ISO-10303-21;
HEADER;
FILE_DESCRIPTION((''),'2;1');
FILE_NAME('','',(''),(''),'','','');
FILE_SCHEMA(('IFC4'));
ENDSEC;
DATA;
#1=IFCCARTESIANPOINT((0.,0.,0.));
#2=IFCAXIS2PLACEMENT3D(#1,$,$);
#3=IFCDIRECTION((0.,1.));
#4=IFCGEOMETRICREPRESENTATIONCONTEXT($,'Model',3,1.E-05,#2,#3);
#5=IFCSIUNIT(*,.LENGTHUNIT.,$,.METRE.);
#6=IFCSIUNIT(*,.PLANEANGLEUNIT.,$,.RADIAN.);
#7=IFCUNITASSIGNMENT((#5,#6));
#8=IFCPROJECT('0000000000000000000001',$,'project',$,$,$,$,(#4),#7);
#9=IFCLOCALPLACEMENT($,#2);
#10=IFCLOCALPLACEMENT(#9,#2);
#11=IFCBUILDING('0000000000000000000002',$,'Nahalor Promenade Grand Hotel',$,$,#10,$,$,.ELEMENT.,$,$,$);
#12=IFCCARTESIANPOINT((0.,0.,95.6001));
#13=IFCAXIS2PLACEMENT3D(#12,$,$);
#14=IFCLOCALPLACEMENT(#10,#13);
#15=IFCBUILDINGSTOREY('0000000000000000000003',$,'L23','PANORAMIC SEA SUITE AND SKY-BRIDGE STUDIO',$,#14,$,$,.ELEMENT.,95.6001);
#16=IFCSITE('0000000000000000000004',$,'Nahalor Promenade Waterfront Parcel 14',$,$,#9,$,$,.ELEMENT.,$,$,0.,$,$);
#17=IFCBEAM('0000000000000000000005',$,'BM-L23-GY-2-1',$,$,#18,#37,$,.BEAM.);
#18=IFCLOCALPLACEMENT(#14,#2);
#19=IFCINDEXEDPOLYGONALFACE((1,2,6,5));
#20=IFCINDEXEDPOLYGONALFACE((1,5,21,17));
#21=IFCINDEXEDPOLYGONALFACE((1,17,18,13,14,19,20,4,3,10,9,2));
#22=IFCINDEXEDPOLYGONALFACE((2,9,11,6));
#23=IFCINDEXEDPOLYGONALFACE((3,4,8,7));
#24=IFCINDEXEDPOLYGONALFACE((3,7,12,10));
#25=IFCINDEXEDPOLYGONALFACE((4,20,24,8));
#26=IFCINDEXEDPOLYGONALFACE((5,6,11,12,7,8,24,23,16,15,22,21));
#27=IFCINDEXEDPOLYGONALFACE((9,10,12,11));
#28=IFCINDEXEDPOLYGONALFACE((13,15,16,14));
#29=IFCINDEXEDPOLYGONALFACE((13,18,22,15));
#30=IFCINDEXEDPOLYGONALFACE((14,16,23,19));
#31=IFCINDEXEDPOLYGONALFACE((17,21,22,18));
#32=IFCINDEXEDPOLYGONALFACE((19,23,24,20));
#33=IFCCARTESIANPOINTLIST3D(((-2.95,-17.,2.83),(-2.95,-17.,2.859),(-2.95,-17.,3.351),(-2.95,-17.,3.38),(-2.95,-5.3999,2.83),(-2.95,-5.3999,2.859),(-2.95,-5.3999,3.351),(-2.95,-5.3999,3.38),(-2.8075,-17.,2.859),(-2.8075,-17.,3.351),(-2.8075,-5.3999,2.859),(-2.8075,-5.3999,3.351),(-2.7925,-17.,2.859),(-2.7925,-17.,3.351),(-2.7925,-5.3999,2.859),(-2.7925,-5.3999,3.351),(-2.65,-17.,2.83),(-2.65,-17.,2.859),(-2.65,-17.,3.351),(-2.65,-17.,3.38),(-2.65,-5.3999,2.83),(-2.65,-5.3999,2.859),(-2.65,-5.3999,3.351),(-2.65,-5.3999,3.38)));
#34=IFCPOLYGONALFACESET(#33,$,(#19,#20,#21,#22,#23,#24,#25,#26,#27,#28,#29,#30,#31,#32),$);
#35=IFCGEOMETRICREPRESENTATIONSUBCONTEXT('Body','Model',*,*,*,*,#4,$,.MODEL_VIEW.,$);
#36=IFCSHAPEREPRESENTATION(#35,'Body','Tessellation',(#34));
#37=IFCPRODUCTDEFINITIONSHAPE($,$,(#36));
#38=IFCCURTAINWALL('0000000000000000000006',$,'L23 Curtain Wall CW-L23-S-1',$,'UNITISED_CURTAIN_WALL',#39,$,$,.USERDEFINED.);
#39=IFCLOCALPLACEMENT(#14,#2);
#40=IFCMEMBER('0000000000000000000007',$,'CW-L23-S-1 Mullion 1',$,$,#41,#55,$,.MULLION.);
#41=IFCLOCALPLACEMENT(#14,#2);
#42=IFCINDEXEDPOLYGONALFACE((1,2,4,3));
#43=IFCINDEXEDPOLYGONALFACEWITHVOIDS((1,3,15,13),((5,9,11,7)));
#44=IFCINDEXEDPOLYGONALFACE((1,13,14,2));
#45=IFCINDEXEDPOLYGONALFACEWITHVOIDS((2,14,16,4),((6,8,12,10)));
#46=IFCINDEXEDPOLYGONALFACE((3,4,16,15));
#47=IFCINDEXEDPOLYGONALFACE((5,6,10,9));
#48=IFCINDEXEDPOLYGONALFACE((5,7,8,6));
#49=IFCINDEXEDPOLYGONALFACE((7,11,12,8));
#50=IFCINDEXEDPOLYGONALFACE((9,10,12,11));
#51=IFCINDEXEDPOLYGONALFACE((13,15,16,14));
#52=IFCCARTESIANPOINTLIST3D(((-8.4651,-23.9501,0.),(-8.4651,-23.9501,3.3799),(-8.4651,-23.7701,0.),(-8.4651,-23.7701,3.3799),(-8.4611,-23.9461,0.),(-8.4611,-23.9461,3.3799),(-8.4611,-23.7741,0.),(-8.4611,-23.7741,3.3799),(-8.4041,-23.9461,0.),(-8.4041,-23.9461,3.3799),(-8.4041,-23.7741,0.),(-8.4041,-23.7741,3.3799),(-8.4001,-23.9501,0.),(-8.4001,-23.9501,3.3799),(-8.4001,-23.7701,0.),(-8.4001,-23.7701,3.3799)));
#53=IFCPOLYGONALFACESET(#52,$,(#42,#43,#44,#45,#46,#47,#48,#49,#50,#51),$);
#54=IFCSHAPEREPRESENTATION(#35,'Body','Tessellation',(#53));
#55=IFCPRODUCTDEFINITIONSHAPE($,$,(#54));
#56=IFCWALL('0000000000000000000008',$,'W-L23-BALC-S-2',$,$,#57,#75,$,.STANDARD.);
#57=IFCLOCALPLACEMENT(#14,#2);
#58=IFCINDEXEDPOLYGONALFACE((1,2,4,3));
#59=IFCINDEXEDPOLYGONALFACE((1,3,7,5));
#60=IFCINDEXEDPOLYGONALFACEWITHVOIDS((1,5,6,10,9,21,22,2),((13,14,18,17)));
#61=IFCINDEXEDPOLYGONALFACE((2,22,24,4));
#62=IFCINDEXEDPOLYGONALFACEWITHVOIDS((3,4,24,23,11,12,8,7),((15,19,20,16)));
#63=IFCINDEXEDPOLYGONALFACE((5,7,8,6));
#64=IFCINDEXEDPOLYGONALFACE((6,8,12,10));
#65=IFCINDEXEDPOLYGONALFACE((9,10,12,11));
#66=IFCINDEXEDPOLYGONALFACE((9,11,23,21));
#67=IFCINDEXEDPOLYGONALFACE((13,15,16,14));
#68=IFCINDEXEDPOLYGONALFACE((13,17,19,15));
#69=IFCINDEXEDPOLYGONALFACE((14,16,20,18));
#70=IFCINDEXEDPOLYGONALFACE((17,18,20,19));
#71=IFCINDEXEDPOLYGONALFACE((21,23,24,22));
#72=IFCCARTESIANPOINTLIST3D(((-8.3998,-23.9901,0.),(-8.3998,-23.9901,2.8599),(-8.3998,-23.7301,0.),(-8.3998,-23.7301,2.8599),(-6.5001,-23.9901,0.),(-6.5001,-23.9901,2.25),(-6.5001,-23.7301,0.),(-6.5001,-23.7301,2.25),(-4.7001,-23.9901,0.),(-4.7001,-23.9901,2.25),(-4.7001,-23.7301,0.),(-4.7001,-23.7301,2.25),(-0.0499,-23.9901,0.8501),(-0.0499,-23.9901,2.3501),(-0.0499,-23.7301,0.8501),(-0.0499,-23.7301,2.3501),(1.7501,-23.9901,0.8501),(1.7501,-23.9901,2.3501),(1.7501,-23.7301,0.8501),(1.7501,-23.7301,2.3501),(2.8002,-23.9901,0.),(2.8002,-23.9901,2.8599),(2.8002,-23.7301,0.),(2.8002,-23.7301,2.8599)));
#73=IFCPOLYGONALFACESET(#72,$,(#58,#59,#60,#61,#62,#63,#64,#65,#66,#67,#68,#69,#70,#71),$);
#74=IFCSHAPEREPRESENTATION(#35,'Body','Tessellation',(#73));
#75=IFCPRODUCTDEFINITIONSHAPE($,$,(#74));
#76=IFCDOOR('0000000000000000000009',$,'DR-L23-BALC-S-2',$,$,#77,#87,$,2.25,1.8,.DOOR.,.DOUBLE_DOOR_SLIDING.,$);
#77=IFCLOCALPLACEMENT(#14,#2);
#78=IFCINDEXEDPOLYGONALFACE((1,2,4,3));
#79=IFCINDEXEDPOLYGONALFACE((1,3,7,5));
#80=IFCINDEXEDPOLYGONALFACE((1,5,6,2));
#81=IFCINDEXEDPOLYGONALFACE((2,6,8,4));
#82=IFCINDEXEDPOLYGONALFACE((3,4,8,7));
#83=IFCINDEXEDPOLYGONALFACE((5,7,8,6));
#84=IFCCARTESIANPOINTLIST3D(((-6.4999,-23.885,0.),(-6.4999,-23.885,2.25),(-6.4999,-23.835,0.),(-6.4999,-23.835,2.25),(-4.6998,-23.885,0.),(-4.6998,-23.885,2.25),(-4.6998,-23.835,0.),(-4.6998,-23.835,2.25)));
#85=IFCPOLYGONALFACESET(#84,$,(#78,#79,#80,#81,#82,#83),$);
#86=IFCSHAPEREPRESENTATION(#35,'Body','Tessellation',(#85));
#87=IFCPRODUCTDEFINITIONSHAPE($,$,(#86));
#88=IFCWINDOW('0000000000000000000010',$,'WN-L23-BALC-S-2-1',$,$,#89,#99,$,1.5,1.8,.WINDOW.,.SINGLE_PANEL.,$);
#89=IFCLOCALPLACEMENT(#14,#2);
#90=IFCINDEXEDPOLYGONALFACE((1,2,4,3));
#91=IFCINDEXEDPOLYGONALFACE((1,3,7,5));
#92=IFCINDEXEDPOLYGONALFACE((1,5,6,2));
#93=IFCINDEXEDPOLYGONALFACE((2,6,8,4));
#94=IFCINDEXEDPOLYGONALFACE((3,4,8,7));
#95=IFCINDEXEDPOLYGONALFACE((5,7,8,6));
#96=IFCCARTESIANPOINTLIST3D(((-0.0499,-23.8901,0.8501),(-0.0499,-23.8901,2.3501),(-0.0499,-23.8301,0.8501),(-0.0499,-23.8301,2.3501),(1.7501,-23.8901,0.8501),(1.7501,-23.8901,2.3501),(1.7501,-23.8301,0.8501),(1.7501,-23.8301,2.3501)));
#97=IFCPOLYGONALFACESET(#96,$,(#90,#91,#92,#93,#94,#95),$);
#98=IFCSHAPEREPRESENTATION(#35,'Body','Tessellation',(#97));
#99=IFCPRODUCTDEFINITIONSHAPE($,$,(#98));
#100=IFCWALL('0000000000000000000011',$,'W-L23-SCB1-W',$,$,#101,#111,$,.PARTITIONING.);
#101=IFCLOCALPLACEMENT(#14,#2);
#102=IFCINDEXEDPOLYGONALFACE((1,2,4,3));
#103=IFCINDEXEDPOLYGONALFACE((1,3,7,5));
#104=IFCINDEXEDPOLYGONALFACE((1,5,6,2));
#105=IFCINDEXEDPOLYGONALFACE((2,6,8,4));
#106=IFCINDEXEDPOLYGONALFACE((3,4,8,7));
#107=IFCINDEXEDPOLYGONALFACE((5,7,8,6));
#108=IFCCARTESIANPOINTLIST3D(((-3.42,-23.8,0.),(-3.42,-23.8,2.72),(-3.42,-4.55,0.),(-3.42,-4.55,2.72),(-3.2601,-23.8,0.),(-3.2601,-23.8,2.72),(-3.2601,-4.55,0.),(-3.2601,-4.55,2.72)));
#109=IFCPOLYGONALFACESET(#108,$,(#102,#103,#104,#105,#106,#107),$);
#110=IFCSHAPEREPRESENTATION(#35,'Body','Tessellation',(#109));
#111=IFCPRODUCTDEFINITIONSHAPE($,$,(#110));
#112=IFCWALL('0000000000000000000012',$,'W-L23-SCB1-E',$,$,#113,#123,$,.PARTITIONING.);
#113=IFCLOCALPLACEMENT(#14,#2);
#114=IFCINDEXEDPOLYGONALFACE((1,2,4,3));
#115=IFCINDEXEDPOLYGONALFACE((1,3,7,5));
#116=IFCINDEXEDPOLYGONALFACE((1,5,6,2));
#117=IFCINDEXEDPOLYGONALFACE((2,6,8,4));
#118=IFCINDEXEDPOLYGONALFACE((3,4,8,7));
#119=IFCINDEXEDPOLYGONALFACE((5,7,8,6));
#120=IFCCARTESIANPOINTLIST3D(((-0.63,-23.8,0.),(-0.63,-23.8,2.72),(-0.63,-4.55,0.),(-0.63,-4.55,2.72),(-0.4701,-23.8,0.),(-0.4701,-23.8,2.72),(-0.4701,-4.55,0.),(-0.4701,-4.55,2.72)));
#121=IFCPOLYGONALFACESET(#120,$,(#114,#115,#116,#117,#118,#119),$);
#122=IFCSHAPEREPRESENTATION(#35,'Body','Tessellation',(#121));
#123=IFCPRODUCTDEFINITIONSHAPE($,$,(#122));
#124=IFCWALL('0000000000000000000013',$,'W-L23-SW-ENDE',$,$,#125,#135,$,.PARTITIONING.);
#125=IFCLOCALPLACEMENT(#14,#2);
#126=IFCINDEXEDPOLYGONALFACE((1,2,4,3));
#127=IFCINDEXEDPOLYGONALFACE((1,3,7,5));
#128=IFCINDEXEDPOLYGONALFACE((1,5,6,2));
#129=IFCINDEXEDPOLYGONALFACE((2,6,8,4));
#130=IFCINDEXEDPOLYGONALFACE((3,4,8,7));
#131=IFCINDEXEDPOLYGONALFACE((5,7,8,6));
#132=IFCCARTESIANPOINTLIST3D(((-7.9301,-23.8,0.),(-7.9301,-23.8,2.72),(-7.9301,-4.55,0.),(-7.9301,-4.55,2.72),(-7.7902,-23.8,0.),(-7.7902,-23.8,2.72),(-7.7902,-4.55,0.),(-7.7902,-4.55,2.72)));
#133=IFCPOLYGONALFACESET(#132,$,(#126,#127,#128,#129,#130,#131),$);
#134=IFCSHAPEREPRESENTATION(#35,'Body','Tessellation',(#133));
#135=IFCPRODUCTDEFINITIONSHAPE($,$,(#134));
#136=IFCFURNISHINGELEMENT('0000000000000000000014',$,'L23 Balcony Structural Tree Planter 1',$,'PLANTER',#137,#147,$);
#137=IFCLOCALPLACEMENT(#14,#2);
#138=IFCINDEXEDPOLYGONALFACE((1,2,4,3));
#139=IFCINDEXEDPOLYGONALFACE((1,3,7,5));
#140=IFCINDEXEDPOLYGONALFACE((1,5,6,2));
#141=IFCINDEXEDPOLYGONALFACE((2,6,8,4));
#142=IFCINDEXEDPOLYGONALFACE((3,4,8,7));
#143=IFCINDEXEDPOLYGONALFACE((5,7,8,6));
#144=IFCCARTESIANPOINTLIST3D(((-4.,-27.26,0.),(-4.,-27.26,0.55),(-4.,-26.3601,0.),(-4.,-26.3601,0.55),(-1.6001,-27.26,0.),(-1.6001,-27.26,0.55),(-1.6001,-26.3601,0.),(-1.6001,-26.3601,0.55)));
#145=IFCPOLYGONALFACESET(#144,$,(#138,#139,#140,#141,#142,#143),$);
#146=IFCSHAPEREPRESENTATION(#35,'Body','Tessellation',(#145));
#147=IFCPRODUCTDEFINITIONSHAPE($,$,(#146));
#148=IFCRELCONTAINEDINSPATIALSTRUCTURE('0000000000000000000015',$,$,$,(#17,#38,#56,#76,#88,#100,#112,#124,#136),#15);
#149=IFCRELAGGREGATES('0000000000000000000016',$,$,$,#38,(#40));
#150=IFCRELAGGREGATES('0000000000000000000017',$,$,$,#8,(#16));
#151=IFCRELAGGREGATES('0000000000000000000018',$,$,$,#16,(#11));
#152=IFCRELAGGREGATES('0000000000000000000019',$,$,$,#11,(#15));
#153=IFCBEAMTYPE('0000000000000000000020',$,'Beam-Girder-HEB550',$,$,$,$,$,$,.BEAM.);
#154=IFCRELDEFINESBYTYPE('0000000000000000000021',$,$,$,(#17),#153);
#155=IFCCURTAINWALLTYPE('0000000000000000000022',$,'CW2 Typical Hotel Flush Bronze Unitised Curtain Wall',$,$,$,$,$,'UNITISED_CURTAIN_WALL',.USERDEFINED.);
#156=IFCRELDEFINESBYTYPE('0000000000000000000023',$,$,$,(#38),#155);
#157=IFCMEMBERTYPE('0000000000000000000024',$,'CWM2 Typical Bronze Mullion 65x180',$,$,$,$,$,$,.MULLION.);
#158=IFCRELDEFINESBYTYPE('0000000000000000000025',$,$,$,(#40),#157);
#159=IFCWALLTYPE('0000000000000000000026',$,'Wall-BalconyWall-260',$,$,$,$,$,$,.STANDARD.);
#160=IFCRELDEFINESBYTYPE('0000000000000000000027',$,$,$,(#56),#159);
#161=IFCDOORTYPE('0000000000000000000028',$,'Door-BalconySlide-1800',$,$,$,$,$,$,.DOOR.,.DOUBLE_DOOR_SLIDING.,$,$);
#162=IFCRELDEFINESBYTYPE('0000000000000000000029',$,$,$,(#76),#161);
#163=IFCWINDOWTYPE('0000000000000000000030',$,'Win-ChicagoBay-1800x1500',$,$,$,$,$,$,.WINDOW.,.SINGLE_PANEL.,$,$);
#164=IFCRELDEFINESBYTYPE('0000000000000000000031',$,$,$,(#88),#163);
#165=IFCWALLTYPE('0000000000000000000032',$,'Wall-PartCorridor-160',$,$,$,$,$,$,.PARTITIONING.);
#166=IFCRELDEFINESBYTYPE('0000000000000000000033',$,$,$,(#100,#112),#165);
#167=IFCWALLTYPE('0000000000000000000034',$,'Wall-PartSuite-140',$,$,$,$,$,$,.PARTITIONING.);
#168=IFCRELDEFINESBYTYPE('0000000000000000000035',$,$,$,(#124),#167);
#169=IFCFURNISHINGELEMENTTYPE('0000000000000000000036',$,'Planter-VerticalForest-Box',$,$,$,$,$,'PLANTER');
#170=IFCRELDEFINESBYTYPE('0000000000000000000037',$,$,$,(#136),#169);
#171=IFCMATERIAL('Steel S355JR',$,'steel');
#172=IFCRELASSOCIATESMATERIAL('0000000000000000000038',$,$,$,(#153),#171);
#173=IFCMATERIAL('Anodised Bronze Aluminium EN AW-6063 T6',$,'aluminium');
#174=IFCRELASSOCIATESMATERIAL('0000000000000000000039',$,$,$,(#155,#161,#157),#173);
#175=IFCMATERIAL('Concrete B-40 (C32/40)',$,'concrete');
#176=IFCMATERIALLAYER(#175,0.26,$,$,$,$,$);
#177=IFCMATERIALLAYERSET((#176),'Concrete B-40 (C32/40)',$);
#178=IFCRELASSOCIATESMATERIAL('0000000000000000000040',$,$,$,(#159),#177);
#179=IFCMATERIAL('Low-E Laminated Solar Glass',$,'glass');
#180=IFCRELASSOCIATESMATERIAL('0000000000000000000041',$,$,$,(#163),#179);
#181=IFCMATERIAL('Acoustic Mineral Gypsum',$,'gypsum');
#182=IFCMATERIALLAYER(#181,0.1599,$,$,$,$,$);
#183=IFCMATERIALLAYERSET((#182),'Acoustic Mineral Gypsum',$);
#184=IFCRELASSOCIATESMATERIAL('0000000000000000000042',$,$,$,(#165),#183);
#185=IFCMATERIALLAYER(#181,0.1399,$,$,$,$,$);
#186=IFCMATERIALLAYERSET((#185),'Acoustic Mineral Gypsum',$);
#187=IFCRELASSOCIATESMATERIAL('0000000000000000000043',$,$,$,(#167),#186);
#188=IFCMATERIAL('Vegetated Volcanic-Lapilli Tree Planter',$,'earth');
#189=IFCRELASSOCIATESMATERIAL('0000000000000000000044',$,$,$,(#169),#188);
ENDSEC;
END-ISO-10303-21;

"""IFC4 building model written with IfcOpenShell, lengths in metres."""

from ifc_helpers import new_model, si_unit, direction, frame, frame_2d, origin, origin_2d, place, context, subcontext, project, spatial, rectangle, hollow_rectangle, i_section, extrude, source, transform, mapped, material, layer, layer_set, material_profile, profile_set, type_object, element, fill, aggregate, save


model = new_model("IFC4")

# Units and contexts
model_context = context("Model", 3, precision=1e-05, world=origin(), true_north=direction((0.0, 1.0)))
body_context = subcontext(model_context, "Body", "Model", "MODEL_VIEW")
ifc_project = project(units=[si_unit("LENGTHUNIT", "METRE"), si_unit("PLANEANGLEUNIT", "RADIAN")], contexts=[model_context])

# Site, building, storey
site_placement = place(None, origin())
site = spatial("IfcSite", under=ifc_project, at=site_placement, Name="Nahalor Promenade Waterfront Parcel 14", CompositionType="ELEMENT", RefElevation=0.0)
building_placement = place(site_placement, origin())
building = spatial("IfcBuilding", under=site, at=building_placement, Name="Nahalor Promenade Grand Hotel", CompositionType="ELEMENT")
storey_placement = place(building_placement, frame((0.0, 0.0, 95.6001)))
storey = spatial("IfcBuildingStorey", under=building, at=storey_placement, Name="L23", Description="PANORAMIC SEA SUITE AND SKY-BRIDGE STUDIO", CompositionType="ELEMENT", Elevation=95.6001)

# Beam
ifc_material_1 = material(Name="Steel S355JR", Category="steel")
ifc_material_profile_1 = material_profile(ifc_material_1, i_section(OverallWidth=0.3, OverallDepth=0.55, WebThickness=0.015, FlangeThickness=0.029, at=origin_2d()), Name="HEB 550")
ifc_profile_set_1 = profile_set([ifc_material_profile_1], Name="Steel S355JR")
beam_type_1 = type_object("IfcBeamType", Name="Beam-Girder-HEB550", PredefinedType="BEAM", material=ifc_profile_set_1)
shared_shape_1 = source(origin(), body_context, "Body", "SweptSolid", [
    extrude(i_section(OverallWidth=0.3, OverallDepth=0.55, WebThickness=0.015, FlangeThickness=0.029, at=origin_2d()), origin(), (0.0, 0.0, 1.0), 11.6001),
])
for number, where, z_axis, x_axis, name in (
    (1, (-2.8, -17.0, 3.105), (0.0, 1.0, 0.0), (-1.0, 0.0, 0.0), "BM-L23-GY-2-1"),
):
    element("IfcBeam", number, at=place(storey_placement, frame(where, z_axis=z_axis, x_axis=x_axis)), inside=storey, type_object=beam_type_1, Name=name, PredefinedType="BEAM", context=body_context, shape_type="MappedRepresentation", body=[
        mapped(shared_shape_1, transform((0.0, 0.0, 0.0), scale=1.0)),
    ])

# Curtain wall, member
ifc_material_2 = material(Name="Anodised Bronze Aluminium EN AW-6063 T6", Category="aluminium")
curtain_wall_type = type_object("IfcCurtainWallType", Name="CW2 Typical Hotel Flush Bronze Unitised Curtain Wall", ElementType="UNITISED_CURTAIN_WALL", PredefinedType="USERDEFINED", material=ifc_material_2)
curtain_wall_placement = place(storey_placement, origin())
curtain_wall = element("IfcCurtainWall", 2, at=curtain_wall_placement, inside=storey, type_object=curtain_wall_type, Name="L23 Curtain Wall CW-L23-S-1", ObjectType="UNITISED_CURTAIN_WALL", PredefinedType="USERDEFINED")
ifc_material_profile_2 = material_profile(ifc_material_2, hollow_rectangle(XDim=0.065, YDim=0.18, WallThickness=0.004, at=origin_2d()), Name="CWM 65x180x4")
ifc_profile_set_2 = profile_set([ifc_material_profile_2], Name="Anodised Bronze Aluminium EN AW-6063 T6")
member_type = type_object("IfcMemberType", Name="CWM2 Typical Bronze Mullion 65x180", PredefinedType="MULLION", material=ifc_profile_set_2)
shared_shape_2 = source(origin(), body_context, "Body", "SweptSolid", [
    extrude(hollow_rectangle(XDim=0.065, YDim=0.18, WallThickness=0.004, at=origin_2d()), origin(), (0.0, 0.0, 1.0), 3.3799),
])
member_placement = place(storey_placement, frame((-8.4326, -23.8601, 0.0), z_axis=(0.0, 0.0, 1.0), x_axis=(1.0, 0.0, 0.0)))
member = element("IfcMember", 3, at=member_placement, type_object=member_type, Name="CW-L23-S-1 Mullion 1", PredefinedType="MULLION", context=body_context, shape_type="MappedRepresentation", body=[
    mapped(shared_shape_2, transform((0.0, 0.0, 0.0), scale=1.0)),
])
aggregate(curtain_wall, [member])

# Wall, openings, door, window
ifc_material_3 = material(Name="Concrete B-40 (C32/40)", Category="concrete")
ifc_layer_1 = layer(ifc_material_3, 0.26)
ifc_layer_set_1 = layer_set([ifc_layer_1], Name="Concrete B-40 (C32/40)")
wall_type_1 = type_object("IfcWallType", Name="Wall-BalconyWall-260", PredefinedType="STANDARD", material=ifc_layer_set_1)
shared_shape_3 = source(origin(), body_context, "Body", "SweptSolid", [
    extrude(rectangle(XDim=11.2, YDim=0.26, at=frame_2d((5.6001, 0.0))), origin(), (0.0, 0.0, 1.0), 2.8599),
])
wall_1_placement = place(storey_placement, frame((-8.3999, -23.8601, 0.0), z_axis=(0.0, 0.0, 1.0), x_axis=(1.0, 0.0, 0.0)))
wall_1 = element("IfcWall", 4, at=wall_1_placement, inside=storey, type_object=wall_type_1, Name="W-L23-BALC-S-2", PredefinedType="STANDARD", context=body_context, shape_type="MappedRepresentation", body=[
    mapped(shared_shape_3, transform((0.0, 0.0, 0.0), scale=1.0)),
])
opening_1_placement = place(wall_1_placement, frame((1.8999, 0.0, 0.0)))
opening_1 = element("IfcOpeningElement", 5, at=opening_1_placement, cuts=wall_1, PredefinedType="OPENING", context=body_context, shape_type="SweptSolid", body=[
    extrude(rectangle(XDim=1.8, YDim=2.25, at=frame_2d((0.8999, 1.125))), frame((0.0, 0.1399, 0.0), z_axis=(0.0, -1.0, 0.0), x_axis=(1.0, 0.0, 0.0)), (0.0, 0.0, 1.0), 0.28),
])
opening_2_placement = place(wall_1_placement, frame((8.3501, 0.0, 0.8501)))
opening_2 = element("IfcOpeningElement", 6, at=opening_2_placement, cuts=wall_1, PredefinedType="OPENING", context=body_context, shape_type="SweptSolid", body=[
    extrude(rectangle(XDim=1.8, YDim=1.5, at=frame_2d((0.8999, 0.75))), frame((0.0, 0.1399, 0.0), z_axis=(0.0, -1.0, 0.0), x_axis=(1.0, 0.0, 0.0)), (0.0, 0.0, 1.0), 0.28),
])
door_type = type_object("IfcDoorType", Name="Door-BalconySlide-1800", OperationType="DOUBLE_DOOR_SLIDING", PredefinedType="DOOR", material=ifc_material_2)
shared_shape_4 = source(origin(), body_context, "Body", "SweptSolid", [
    extrude(rectangle(XDim=1.8, YDim=2.25, at=frame_2d((0.8999, 1.125))), frame((0.0, 0.0249, 0.0), z_axis=(0.0, -1.0, 0.0), x_axis=(1.0, 0.0, 0.0)), (0.0, 0.0, 1.0), 0.05),
])
door_placement = place(opening_1_placement, frame((1.8, 0.0, 0.0), z_axis=(0.0, 0.0, 1.0), x_axis=(-1.0, 0.0, 0.0)))
door = element("IfcDoor", 7, at=door_placement, inside=storey, type_object=door_type, Name="DR-L23-BALC-S-2", OperationType="DOUBLE_DOOR_SLIDING", OverallHeight=2.25, OverallWidth=1.8, PredefinedType="DOOR", context=body_context, shape_type="MappedRepresentation", body=[
    mapped(shared_shape_4, transform((0.0, 0.0, 0.0), scale=1.0)),
])
fill(opening_1, door)
ifc_material_4 = material(Name="Low-E Laminated Solar Glass", Category="glass")
window_type = type_object("IfcWindowType", Name="Win-ChicagoBay-1800x1500", PartitioningType="SINGLE_PANEL", PredefinedType="WINDOW", material=ifc_material_4)
shared_shape_5 = source(origin(), body_context, "Body", "SweptSolid", [
    extrude(rectangle(XDim=1.8, YDim=1.5, at=frame_2d((0.8999, 0.75))), frame((0.0, 0.03, 0.0), z_axis=(0.0, -1.0, 0.0), x_axis=(1.0, 0.0, 0.0)), (0.0, 0.0, 1.0), 0.0601),
])
window_placement = place(opening_2_placement, origin())
window = element("IfcWindow", 8, at=window_placement, inside=storey, type_object=window_type, Name="WN-L23-BALC-S-2-1", OverallHeight=1.5, OverallWidth=1.8, PartitioningType="SINGLE_PANEL", PredefinedType="WINDOW", context=body_context, shape_type="MappedRepresentation", body=[
    mapped(shared_shape_5, transform((0.0, 0.0, 0.0), scale=1.0)),
])
fill(opening_2, window)

# Walls
ifc_material_5 = material(Name="Acoustic Mineral Gypsum", Category="gypsum")
ifc_layer_2 = layer(ifc_material_5, 0.1599)
ifc_layer_set_2 = layer_set([ifc_layer_2], Name="Acoustic Mineral Gypsum")
wall_type_2 = type_object("IfcWallType", Name="Wall-PartCorridor-160", PredefinedType="PARTITIONING", material=ifc_layer_set_2)
shared_shape_6 = source(origin(), body_context, "Body", "SweptSolid", [
    extrude(rectangle(XDim=19.25, YDim=0.1599, at=frame_2d((9.625, 0.0))), origin(), (0.0, 0.0, 1.0), 2.72),
])
for number, where, z_axis, x_axis, name in (
    (9, (-3.3401, -23.8, 0.0), (0.0, 0.0, 1.0), (0.0, 1.0, 0.0), "W-L23-SCB1-W"),
    (10, (-0.55, -23.8, 0.0), (0.0, 0.0, 1.0), (0.0, 1.0, 0.0), "W-L23-SCB1-E"),
):
    element("IfcWall", number, at=place(storey_placement, frame(where, z_axis=z_axis, x_axis=x_axis)), inside=storey, type_object=wall_type_2, Name=name, PredefinedType="PARTITIONING", context=body_context, shape_type="MappedRepresentation", body=[
        mapped(shared_shape_6, transform((0.0, 0.0, 0.0), scale=1.0)),
    ])
ifc_layer_3 = layer(ifc_material_5, 0.1399)
ifc_layer_set_3 = layer_set([ifc_layer_3], Name="Acoustic Mineral Gypsum")
wall_type_3 = type_object("IfcWallType", Name="Wall-PartSuite-140", PredefinedType="PARTITIONING", material=ifc_layer_set_3)
shared_shape_7 = source(origin(), body_context, "Body", "SweptSolid", [
    extrude(rectangle(XDim=19.25, YDim=0.1399, at=frame_2d((9.625, 0.0))), origin(), (0.0, 0.0, 1.0), 2.72),
])
wall_2_placement = place(storey_placement, frame((-7.8601, -23.8, 0.0), z_axis=(0.0, 0.0, 1.0), x_axis=(0.0, 1.0, 0.0)))
element("IfcWall", 11, at=wall_2_placement, inside=storey, type_object=wall_type_3, Name="W-L23-SW-ENDE", PredefinedType="PARTITIONING", context=body_context, shape_type="MappedRepresentation", body=[
    mapped(shared_shape_7, transform((0.0, 0.0, 0.0), scale=1.0)),
])

# Furnishing element
ifc_material_6 = material(Name="Vegetated Volcanic-Lapilli Tree Planter", Category="earth")
furnishing_element_type = type_object("IfcFurnishingElementType", Name="Planter-VerticalForest-Box", ElementType="PLANTER", material=ifc_material_6)
shared_shape_8 = source(origin(), body_context, "Body", "SweptSolid", [
    extrude(rectangle(XDim=2.3999, YDim=0.8999, at=origin_2d()), origin(), (0.0, 0.0, 1.0), 0.55),
])
furnishing_placement = place(storey_placement, frame((-2.8, -26.8101, 0.0), z_axis=(0.0, 0.0, 1.0), x_axis=(1.0, 0.0, 0.0)))
element("IfcFurnishingElement", 12, at=furnishing_placement, inside=storey, type_object=furnishing_element_type, Name="L23 Balcony Structural Tree Planter 1", ObjectType="PLANTER", context=body_context, shape_type="MappedRepresentation", body=[
    mapped(shared_shape_8, transform((0.0, 0.0, 0.0), scale=1.0)),
])

save(model, "model.ifc")
